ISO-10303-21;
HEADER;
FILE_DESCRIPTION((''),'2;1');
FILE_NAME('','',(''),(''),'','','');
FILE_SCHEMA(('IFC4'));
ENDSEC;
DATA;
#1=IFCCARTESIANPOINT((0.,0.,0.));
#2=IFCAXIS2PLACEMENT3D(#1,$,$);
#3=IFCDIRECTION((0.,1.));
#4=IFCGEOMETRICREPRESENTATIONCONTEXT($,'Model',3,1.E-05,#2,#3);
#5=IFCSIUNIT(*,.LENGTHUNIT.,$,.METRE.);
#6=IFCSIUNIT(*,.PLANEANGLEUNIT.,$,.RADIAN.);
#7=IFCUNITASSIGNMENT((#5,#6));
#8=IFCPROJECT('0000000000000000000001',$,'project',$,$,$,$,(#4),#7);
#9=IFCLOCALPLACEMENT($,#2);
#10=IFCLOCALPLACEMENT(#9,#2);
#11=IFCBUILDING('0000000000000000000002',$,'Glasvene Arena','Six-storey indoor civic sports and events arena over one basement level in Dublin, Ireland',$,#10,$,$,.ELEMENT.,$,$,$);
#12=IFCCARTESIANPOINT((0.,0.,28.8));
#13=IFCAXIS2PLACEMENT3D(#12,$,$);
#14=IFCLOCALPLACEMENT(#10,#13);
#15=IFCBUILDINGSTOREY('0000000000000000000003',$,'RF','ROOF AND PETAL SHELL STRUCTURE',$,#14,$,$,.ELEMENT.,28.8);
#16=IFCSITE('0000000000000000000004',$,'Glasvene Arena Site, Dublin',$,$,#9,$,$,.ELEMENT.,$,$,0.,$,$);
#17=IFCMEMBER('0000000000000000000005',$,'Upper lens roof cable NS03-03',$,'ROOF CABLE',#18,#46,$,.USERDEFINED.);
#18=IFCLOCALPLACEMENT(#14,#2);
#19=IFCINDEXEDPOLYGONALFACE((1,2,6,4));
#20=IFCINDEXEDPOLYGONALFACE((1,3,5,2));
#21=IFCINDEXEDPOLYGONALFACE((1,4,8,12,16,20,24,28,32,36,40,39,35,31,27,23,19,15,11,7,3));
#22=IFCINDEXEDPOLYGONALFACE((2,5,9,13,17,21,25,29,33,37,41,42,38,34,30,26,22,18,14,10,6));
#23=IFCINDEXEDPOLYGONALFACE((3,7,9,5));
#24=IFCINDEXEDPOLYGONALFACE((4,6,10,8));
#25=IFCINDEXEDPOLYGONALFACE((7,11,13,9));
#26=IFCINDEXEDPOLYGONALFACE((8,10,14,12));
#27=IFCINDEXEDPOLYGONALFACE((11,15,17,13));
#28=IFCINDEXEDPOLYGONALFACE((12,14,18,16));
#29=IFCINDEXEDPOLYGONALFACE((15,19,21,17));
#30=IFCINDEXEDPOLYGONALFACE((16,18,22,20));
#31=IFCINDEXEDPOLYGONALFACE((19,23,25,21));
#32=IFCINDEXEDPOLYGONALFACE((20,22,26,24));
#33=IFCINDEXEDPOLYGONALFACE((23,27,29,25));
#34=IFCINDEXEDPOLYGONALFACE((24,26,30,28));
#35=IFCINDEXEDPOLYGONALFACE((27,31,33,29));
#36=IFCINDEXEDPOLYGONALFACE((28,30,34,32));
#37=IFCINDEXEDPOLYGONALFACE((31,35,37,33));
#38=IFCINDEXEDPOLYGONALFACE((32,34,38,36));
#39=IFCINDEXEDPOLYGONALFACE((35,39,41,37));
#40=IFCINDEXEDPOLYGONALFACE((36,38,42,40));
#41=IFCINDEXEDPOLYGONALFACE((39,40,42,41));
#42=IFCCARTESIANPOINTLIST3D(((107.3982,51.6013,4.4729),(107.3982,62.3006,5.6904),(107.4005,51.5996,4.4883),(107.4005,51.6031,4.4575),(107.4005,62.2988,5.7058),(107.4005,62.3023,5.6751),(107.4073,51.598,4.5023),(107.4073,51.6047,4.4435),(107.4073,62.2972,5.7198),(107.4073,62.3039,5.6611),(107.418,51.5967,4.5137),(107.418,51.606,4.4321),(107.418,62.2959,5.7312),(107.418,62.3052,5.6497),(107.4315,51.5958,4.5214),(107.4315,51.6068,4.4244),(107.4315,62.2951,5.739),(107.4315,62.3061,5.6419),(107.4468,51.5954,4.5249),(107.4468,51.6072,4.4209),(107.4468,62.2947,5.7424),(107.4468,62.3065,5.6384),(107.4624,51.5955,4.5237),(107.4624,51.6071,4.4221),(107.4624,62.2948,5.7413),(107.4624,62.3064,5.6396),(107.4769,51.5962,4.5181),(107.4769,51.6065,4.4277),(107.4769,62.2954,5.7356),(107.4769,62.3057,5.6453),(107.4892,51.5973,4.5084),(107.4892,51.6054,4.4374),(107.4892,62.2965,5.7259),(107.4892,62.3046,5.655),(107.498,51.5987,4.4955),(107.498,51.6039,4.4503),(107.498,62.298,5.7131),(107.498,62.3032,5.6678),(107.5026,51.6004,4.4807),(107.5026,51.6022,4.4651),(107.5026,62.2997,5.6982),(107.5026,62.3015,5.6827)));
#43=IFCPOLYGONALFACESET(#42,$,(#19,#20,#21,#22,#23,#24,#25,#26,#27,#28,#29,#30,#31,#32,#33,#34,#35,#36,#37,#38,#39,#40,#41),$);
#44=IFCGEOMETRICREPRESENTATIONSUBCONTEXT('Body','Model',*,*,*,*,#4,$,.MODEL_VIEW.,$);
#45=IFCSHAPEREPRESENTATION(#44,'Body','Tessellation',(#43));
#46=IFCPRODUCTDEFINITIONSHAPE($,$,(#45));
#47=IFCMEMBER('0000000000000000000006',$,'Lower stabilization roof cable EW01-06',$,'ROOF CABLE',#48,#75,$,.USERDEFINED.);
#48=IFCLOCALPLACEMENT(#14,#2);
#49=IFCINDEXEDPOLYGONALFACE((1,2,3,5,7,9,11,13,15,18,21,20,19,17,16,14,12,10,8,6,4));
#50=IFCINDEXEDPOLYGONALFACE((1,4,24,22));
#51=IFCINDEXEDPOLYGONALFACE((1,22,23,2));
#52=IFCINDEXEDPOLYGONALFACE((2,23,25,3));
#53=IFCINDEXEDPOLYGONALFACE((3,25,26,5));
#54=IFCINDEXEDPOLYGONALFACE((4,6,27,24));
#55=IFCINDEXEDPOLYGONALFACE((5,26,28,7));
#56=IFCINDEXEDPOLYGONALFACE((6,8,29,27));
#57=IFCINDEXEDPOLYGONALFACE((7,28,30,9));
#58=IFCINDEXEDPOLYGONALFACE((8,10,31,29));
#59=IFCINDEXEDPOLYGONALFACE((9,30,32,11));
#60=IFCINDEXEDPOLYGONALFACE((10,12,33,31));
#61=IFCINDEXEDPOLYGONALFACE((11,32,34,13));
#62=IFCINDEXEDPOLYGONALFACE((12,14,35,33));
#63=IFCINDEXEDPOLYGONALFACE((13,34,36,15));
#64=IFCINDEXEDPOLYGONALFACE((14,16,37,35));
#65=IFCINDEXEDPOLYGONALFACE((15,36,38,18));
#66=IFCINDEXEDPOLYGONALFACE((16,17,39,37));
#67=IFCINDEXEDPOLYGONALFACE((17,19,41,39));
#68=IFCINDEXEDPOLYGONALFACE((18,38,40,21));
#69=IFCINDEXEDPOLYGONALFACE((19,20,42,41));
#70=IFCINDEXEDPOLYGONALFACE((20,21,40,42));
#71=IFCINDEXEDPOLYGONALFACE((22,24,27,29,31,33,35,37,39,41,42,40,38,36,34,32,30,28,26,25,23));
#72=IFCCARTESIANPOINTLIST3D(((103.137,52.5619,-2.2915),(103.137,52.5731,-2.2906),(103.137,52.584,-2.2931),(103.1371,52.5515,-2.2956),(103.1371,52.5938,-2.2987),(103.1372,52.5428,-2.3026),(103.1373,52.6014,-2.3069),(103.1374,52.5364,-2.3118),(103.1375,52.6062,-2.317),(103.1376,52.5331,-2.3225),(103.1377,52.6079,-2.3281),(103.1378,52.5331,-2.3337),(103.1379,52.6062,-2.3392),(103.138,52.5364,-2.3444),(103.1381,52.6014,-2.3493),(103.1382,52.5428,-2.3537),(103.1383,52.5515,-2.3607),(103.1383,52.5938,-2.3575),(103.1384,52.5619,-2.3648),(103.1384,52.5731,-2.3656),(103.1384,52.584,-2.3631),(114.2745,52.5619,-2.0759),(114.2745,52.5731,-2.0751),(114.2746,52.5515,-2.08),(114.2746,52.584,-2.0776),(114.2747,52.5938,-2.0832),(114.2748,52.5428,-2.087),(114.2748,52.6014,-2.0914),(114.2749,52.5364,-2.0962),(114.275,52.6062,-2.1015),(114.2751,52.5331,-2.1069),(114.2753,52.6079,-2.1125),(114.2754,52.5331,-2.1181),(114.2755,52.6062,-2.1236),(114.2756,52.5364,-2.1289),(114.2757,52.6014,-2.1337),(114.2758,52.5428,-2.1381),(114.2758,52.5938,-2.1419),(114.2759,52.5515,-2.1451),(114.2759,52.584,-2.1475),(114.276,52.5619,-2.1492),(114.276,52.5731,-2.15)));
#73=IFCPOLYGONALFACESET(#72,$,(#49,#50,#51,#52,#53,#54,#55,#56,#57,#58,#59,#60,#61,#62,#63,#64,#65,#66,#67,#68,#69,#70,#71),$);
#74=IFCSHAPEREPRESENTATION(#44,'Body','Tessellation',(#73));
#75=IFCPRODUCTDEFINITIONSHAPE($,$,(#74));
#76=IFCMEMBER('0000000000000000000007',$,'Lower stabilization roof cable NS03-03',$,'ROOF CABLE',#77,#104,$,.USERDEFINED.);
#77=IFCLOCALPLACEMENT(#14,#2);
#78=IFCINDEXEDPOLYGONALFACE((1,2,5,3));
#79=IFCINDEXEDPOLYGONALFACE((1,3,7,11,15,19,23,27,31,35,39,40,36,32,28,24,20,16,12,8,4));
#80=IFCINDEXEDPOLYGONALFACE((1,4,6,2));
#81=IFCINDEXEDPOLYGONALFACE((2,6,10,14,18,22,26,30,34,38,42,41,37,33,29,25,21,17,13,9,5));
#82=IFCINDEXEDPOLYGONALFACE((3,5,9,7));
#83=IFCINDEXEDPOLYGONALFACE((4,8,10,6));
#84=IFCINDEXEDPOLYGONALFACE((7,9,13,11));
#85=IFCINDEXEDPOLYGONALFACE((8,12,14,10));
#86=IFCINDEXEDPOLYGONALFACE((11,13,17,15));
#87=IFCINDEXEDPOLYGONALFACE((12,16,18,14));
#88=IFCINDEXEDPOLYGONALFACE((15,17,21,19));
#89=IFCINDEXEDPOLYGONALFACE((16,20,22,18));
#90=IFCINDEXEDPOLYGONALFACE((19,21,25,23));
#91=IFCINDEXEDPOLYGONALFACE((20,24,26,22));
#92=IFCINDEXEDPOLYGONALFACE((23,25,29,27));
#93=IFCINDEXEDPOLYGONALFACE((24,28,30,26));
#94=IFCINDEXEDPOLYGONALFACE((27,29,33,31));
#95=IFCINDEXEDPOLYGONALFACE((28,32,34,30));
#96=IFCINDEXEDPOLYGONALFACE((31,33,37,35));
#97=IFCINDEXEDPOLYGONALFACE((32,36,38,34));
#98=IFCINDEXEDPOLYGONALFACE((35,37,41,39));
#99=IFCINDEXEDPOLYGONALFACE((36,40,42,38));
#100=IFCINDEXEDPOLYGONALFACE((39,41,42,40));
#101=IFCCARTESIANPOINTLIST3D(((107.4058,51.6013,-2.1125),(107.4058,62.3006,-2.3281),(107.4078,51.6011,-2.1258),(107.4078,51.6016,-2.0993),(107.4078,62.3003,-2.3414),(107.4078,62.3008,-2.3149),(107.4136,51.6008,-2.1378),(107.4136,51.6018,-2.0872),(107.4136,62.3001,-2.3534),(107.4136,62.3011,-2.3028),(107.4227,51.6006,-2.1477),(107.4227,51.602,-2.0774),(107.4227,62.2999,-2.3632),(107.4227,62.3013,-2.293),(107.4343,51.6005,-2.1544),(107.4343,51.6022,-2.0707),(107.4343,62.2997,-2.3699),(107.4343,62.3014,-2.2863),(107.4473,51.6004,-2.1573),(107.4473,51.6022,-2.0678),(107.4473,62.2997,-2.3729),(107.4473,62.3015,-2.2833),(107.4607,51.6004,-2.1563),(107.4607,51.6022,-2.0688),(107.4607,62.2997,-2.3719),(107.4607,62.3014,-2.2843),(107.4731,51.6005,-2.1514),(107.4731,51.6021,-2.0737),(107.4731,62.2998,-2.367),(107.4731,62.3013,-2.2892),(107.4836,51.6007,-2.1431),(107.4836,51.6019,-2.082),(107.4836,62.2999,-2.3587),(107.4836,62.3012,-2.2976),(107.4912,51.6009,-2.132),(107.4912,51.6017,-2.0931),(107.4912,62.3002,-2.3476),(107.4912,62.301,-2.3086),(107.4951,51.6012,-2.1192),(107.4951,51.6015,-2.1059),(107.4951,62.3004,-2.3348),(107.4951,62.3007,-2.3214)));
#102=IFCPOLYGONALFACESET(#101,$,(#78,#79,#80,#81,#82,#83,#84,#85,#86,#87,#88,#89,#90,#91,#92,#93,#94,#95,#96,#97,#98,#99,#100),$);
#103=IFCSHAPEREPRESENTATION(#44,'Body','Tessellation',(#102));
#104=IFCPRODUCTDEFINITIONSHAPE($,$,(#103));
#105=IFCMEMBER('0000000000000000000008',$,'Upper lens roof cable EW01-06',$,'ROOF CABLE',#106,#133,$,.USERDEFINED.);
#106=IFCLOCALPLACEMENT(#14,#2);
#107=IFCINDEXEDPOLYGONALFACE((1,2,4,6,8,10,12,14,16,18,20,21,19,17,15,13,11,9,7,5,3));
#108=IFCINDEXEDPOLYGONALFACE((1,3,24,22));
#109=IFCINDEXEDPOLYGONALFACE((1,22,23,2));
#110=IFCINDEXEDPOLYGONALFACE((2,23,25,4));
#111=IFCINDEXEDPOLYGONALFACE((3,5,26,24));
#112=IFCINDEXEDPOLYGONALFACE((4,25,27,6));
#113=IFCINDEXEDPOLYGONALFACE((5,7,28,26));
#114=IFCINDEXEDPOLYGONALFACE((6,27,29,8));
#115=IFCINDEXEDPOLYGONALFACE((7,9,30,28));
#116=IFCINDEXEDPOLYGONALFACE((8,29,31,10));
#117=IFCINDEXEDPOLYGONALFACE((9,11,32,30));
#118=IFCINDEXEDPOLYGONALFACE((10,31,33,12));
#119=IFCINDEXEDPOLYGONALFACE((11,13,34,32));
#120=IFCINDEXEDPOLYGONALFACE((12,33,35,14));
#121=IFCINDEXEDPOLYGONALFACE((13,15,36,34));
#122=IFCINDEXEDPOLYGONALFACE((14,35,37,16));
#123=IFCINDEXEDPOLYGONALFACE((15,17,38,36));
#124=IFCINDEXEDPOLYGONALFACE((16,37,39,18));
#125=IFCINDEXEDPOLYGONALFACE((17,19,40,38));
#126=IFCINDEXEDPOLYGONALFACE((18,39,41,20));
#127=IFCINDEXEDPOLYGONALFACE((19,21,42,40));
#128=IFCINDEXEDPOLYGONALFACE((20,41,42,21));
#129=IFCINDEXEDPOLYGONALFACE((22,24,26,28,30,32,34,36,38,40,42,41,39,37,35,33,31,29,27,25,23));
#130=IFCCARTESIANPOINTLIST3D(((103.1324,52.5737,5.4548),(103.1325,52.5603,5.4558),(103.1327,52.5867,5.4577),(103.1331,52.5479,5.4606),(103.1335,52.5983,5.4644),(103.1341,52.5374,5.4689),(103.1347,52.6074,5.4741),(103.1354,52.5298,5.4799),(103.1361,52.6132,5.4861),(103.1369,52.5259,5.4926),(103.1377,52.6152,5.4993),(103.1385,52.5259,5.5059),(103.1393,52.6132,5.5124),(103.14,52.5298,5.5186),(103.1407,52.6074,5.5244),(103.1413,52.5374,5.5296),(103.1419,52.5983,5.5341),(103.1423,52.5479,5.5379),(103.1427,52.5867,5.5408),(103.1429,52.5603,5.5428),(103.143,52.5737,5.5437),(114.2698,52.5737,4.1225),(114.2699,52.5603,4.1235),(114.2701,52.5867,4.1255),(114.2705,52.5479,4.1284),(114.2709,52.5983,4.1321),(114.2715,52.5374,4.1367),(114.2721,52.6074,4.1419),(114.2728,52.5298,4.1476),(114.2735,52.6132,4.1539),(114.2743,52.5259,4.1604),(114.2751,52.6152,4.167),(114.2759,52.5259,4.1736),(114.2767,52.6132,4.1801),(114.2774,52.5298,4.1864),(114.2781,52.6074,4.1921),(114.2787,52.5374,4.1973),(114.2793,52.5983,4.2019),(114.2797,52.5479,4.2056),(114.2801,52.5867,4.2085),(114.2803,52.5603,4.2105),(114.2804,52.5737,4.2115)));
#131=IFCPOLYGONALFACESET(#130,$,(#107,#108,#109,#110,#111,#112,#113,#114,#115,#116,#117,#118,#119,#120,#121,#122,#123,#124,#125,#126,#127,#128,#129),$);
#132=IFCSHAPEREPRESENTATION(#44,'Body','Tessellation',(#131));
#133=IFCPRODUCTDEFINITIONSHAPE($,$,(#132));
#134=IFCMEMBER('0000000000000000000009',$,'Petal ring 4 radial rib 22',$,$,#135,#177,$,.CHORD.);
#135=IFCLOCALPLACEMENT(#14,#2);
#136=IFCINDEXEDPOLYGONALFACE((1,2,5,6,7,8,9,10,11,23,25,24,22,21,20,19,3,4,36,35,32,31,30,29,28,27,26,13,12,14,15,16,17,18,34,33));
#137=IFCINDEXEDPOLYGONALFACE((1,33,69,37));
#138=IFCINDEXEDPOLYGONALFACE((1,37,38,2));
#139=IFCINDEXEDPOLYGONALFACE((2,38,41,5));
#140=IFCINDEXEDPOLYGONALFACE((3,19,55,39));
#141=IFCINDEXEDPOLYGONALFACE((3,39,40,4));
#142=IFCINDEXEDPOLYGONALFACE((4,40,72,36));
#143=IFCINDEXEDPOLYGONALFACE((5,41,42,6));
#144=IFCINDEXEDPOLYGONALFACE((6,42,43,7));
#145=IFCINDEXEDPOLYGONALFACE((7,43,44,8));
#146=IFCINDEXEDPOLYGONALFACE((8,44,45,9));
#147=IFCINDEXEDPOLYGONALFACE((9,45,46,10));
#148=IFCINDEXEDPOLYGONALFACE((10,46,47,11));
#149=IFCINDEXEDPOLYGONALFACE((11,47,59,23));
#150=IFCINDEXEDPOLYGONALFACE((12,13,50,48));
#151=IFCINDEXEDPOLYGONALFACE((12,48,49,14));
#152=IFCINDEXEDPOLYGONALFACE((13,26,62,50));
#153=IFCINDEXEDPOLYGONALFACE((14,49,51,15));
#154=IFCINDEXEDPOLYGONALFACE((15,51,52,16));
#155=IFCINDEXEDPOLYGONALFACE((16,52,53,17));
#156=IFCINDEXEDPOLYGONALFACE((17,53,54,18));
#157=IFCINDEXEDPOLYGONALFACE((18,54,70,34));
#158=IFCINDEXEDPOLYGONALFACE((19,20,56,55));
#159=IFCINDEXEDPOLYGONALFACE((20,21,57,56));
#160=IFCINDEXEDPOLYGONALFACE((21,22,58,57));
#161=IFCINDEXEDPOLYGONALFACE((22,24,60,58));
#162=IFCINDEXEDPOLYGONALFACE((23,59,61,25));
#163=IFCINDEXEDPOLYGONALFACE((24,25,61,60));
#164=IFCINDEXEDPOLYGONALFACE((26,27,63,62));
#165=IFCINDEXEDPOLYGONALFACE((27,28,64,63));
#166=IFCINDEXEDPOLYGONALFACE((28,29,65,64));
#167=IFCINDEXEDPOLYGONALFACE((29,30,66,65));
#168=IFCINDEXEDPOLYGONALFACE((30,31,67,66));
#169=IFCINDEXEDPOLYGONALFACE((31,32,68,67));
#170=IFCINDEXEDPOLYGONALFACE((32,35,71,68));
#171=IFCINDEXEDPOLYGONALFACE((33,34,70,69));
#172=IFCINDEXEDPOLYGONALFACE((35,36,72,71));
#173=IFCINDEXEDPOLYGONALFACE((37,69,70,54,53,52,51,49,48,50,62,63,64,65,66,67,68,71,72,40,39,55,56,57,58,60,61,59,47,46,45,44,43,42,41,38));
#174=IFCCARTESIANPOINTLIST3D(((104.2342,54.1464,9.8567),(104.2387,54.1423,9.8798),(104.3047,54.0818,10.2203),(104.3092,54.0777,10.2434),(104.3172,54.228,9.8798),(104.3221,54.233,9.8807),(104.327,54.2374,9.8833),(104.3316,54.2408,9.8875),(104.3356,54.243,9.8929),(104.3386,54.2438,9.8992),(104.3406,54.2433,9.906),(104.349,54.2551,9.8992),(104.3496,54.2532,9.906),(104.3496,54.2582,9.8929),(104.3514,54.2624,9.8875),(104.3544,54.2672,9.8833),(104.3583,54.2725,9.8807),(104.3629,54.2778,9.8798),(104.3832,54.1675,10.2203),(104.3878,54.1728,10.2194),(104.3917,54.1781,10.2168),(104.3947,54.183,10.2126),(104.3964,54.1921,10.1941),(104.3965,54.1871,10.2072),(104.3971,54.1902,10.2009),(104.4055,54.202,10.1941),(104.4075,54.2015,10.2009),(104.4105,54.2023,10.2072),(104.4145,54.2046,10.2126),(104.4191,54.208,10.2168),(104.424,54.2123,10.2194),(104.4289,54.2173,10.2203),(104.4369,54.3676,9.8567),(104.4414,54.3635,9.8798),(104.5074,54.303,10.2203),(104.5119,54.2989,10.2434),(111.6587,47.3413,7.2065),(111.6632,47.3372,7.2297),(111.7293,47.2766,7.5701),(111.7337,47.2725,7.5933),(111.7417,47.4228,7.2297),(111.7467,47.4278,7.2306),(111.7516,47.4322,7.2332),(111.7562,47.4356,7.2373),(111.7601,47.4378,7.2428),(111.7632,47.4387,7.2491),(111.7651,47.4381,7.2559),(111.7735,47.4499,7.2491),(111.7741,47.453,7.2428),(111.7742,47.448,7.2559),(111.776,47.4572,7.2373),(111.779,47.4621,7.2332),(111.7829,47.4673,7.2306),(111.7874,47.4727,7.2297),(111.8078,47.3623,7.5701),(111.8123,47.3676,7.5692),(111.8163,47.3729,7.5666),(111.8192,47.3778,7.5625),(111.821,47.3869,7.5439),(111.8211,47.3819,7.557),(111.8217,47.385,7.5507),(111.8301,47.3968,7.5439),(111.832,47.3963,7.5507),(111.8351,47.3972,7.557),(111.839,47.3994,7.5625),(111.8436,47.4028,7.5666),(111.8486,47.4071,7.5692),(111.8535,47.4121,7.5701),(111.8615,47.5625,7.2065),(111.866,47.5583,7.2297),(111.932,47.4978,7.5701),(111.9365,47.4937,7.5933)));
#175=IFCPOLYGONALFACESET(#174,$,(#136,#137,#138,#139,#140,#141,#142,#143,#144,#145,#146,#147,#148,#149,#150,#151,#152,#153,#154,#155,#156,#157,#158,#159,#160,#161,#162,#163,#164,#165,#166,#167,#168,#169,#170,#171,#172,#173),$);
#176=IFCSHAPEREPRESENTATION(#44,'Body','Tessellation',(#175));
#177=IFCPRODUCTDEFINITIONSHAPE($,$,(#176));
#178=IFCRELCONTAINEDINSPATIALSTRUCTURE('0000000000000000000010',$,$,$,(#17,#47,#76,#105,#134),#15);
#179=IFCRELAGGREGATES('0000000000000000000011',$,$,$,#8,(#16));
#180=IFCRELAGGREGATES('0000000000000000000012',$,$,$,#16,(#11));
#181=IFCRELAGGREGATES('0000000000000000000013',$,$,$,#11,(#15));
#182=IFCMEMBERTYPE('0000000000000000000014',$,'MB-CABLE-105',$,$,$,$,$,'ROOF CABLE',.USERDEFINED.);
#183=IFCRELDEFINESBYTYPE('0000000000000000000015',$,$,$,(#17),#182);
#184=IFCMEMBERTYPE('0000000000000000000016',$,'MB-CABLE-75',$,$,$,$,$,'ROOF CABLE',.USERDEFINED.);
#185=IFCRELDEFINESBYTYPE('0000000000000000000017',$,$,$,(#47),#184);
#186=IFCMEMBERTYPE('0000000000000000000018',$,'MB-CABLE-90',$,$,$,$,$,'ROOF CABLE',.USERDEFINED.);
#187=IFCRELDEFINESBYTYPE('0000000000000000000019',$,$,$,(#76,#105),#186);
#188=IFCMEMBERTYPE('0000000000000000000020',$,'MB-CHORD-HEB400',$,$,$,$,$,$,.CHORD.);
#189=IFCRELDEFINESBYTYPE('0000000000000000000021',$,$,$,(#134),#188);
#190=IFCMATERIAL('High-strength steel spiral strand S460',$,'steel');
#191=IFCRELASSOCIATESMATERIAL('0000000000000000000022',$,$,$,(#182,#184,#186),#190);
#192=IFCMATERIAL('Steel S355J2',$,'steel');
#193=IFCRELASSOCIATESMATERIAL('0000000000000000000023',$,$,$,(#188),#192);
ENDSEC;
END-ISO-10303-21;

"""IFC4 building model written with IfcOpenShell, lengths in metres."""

from ifc_helpers import new_model, si_unit, direction, frame, origin, origin_2d, place, context, subcontext, project, spatial, circle, i_section, extrude, material, material_profile, profile_set, type_object, element, save


model = new_model("IFC4")

# Units and contexts
model_context = context("Model", 3, precision=1e-05, world=origin(), true_north=direction((0.0, 1.0)))
body_context = subcontext(model_context, "Body", "Model", "MODEL_VIEW")
ifc_project = project(units=[si_unit("LENGTHUNIT", "METRE"), si_unit("PLANEANGLEUNIT", "RADIAN")], contexts=[model_context])

# Site, building, storey
site_placement = place(None, origin())
site = spatial("IfcSite", under=ifc_project, at=site_placement, Name="Glasvene Arena Site, Dublin", CompositionType="ELEMENT", RefElevation=0.0)
building_placement = place(site_placement, origin())
building = spatial("IfcBuilding", under=site, at=building_placement, Name="Glasvene Arena", Description="Six-storey indoor civic sports and events arena over one basement level in Dublin, Ireland", CompositionType="ELEMENT")
storey_placement = place(building_placement, frame((0.0, 0.0, 28.8)))
storey = spatial("IfcBuildingStorey", under=building, at=storey_placement, Name="RF", Description="ROOF AND PETAL SHELL STRUCTURE", CompositionType="ELEMENT", Elevation=28.8)

# Members
ifc_material_1 = material(Name="High-strength steel spiral strand S460", Category="steel")
ifc_material_profile_1 = material_profile(ifc_material_1, circle(Radius=0.0525, at=origin_2d()), Name="LCSS D105")
ifc_profile_set_1 = profile_set([ifc_material_profile_1], Name="High-strength steel spiral strand S460")
member_type_1 = type_object("IfcMemberType", Name="MB-CABLE-105", ElementType="ROOF CABLE", PredefinedType="USERDEFINED", material=ifc_profile_set_1)
member_1_placement = place(storey_placement, frame((107.4507, 51.6013, 4.4729), z_axis=(0.0, 0.993587, 0.113066), x_axis=(-1.0, 0.0, 0.0)))
element("IfcMember", 1, at=member_1_placement, inside=storey, type_object=member_type_1, Name="Upper lens roof cable NS03-03", ObjectType="ROOF CABLE", PredefinedType="USERDEFINED", context=body_context, shape_type="SweptSolid", body=[
    extrude(circle(Radius=0.0525, at=origin_2d()), origin(), (0.0, 0.0, 1.0), 10.7683),
])
ifc_material_profile_2 = material_profile(ifc_material_1, circle(Radius=0.0376, at=origin_2d()), Name="LCSS D75")
ifc_profile_set_2 = profile_set([ifc_material_profile_2], Name="High-strength steel spiral strand S460")
member_type_2 = type_object("IfcMemberType", Name="MB-CABLE-75", ElementType="ROOF CABLE", PredefinedType="USERDEFINED", material=ifc_profile_set_2)
member_2_placement = place(storey_placement, frame((103.1377, 52.5703, -2.3281), z_axis=(0.999813, 0.0, 0.019352), x_axis=(0.0, 1.0, 0.0)))
element("IfcMember", 2, at=member_2_placement, inside=storey, type_object=member_type_2, Name="Lower stabilization roof cable EW01-06", ObjectType="ROOF CABLE", PredefinedType="USERDEFINED", context=body_context, shape_type="SweptSolid", body=[
    extrude(circle(Radius=0.0376, at=origin_2d()), origin(), (0.0, 0.0, 1.0), 11.1396),
])
ifc_material_profile_3 = material_profile(ifc_material_1, circle(Radius=0.0449, at=origin_2d()), Name="LCSS D90")
ifc_profile_set_3 = profile_set([ifc_material_profile_3], Name="High-strength steel spiral strand S460")
member_type_3 = type_object("IfcMemberType", Name="MB-CABLE-90", ElementType="ROOF CABLE", PredefinedType="USERDEFINED", material=ifc_profile_set_3)
member_3_placement = place(storey_placement, frame((107.4507, 51.6013, -2.1125), z_axis=(0.0, 0.999797, -0.020145), x_axis=(-1.0, 0.0, 0.0)))
element("IfcMember", 3, at=member_3_placement, inside=storey, type_object=member_type_3, Name="Lower stabilization roof cable NS03-03", ObjectType="ROOF CABLE", PredefinedType="USERDEFINED", context=body_context, shape_type="SweptSolid", body=[
    extrude(circle(Radius=0.0449, at=origin_2d()), origin(), (0.0, 0.0, 1.0), 10.7014),
])
member_4_placement = place(storey_placement, frame((103.1377, 52.5703, 5.4993), z_axis=(0.992921, 0.0, -0.118774), x_axis=(0.0, 1.0, 0.0)))
element("IfcMember", 4, at=member_4_placement, inside=storey, type_object=member_type_3, Name="Upper lens roof cable EW01-06", ObjectType="ROOF CABLE", PredefinedType="USERDEFINED", context=body_context, shape_type="SweptSolid", body=[
    extrude(circle(Radius=0.0449, at=origin_2d()), origin(), (0.0, 0.0, 1.0), 11.2168),
])
ifc_material_2 = material(Name="Steel S355J2", Category="steel")
ifc_material_profile_4 = material_profile(ifc_material_2, i_section(OverallWidth=0.3, OverallDepth=0.3999, WebThickness=0.0134, FlangeThickness=0.0239, FilletRadius=0.0271, at=origin_2d()), Name="HEB 400")
ifc_profile_set_4 = profile_set([ifc_material_profile_4], Name="Steel S355J2")
member_type_4 = type_object("IfcMemberType", Name="MB-CHORD-HEB400", PredefinedType="CHORD", material=ifc_profile_set_4)
member_5_placement = place(storey_placement, frame((111.7976, 47.4175, 7.3999), z_axis=(-0.712919, 0.653445, 0.254472), x_axis=(-0.675688, -0.737187, 0.0)))
element("IfcMember", 5, at=member_5_placement, inside=storey, type_object=member_type_4, Name="Petal ring 4 radial rib 22", PredefinedType="CHORD", context=body_context, shape_type="SweptSolid", body=[
    extrude(i_section(OverallWidth=0.3, OverallDepth=0.3999, WebThickness=0.0134, FlangeThickness=0.0239, FilletRadius=0.0271, at=origin_2d()), origin(), (0.0, 0.0, 1.0), 10.4143),
])

save(model, "model.ifc")
